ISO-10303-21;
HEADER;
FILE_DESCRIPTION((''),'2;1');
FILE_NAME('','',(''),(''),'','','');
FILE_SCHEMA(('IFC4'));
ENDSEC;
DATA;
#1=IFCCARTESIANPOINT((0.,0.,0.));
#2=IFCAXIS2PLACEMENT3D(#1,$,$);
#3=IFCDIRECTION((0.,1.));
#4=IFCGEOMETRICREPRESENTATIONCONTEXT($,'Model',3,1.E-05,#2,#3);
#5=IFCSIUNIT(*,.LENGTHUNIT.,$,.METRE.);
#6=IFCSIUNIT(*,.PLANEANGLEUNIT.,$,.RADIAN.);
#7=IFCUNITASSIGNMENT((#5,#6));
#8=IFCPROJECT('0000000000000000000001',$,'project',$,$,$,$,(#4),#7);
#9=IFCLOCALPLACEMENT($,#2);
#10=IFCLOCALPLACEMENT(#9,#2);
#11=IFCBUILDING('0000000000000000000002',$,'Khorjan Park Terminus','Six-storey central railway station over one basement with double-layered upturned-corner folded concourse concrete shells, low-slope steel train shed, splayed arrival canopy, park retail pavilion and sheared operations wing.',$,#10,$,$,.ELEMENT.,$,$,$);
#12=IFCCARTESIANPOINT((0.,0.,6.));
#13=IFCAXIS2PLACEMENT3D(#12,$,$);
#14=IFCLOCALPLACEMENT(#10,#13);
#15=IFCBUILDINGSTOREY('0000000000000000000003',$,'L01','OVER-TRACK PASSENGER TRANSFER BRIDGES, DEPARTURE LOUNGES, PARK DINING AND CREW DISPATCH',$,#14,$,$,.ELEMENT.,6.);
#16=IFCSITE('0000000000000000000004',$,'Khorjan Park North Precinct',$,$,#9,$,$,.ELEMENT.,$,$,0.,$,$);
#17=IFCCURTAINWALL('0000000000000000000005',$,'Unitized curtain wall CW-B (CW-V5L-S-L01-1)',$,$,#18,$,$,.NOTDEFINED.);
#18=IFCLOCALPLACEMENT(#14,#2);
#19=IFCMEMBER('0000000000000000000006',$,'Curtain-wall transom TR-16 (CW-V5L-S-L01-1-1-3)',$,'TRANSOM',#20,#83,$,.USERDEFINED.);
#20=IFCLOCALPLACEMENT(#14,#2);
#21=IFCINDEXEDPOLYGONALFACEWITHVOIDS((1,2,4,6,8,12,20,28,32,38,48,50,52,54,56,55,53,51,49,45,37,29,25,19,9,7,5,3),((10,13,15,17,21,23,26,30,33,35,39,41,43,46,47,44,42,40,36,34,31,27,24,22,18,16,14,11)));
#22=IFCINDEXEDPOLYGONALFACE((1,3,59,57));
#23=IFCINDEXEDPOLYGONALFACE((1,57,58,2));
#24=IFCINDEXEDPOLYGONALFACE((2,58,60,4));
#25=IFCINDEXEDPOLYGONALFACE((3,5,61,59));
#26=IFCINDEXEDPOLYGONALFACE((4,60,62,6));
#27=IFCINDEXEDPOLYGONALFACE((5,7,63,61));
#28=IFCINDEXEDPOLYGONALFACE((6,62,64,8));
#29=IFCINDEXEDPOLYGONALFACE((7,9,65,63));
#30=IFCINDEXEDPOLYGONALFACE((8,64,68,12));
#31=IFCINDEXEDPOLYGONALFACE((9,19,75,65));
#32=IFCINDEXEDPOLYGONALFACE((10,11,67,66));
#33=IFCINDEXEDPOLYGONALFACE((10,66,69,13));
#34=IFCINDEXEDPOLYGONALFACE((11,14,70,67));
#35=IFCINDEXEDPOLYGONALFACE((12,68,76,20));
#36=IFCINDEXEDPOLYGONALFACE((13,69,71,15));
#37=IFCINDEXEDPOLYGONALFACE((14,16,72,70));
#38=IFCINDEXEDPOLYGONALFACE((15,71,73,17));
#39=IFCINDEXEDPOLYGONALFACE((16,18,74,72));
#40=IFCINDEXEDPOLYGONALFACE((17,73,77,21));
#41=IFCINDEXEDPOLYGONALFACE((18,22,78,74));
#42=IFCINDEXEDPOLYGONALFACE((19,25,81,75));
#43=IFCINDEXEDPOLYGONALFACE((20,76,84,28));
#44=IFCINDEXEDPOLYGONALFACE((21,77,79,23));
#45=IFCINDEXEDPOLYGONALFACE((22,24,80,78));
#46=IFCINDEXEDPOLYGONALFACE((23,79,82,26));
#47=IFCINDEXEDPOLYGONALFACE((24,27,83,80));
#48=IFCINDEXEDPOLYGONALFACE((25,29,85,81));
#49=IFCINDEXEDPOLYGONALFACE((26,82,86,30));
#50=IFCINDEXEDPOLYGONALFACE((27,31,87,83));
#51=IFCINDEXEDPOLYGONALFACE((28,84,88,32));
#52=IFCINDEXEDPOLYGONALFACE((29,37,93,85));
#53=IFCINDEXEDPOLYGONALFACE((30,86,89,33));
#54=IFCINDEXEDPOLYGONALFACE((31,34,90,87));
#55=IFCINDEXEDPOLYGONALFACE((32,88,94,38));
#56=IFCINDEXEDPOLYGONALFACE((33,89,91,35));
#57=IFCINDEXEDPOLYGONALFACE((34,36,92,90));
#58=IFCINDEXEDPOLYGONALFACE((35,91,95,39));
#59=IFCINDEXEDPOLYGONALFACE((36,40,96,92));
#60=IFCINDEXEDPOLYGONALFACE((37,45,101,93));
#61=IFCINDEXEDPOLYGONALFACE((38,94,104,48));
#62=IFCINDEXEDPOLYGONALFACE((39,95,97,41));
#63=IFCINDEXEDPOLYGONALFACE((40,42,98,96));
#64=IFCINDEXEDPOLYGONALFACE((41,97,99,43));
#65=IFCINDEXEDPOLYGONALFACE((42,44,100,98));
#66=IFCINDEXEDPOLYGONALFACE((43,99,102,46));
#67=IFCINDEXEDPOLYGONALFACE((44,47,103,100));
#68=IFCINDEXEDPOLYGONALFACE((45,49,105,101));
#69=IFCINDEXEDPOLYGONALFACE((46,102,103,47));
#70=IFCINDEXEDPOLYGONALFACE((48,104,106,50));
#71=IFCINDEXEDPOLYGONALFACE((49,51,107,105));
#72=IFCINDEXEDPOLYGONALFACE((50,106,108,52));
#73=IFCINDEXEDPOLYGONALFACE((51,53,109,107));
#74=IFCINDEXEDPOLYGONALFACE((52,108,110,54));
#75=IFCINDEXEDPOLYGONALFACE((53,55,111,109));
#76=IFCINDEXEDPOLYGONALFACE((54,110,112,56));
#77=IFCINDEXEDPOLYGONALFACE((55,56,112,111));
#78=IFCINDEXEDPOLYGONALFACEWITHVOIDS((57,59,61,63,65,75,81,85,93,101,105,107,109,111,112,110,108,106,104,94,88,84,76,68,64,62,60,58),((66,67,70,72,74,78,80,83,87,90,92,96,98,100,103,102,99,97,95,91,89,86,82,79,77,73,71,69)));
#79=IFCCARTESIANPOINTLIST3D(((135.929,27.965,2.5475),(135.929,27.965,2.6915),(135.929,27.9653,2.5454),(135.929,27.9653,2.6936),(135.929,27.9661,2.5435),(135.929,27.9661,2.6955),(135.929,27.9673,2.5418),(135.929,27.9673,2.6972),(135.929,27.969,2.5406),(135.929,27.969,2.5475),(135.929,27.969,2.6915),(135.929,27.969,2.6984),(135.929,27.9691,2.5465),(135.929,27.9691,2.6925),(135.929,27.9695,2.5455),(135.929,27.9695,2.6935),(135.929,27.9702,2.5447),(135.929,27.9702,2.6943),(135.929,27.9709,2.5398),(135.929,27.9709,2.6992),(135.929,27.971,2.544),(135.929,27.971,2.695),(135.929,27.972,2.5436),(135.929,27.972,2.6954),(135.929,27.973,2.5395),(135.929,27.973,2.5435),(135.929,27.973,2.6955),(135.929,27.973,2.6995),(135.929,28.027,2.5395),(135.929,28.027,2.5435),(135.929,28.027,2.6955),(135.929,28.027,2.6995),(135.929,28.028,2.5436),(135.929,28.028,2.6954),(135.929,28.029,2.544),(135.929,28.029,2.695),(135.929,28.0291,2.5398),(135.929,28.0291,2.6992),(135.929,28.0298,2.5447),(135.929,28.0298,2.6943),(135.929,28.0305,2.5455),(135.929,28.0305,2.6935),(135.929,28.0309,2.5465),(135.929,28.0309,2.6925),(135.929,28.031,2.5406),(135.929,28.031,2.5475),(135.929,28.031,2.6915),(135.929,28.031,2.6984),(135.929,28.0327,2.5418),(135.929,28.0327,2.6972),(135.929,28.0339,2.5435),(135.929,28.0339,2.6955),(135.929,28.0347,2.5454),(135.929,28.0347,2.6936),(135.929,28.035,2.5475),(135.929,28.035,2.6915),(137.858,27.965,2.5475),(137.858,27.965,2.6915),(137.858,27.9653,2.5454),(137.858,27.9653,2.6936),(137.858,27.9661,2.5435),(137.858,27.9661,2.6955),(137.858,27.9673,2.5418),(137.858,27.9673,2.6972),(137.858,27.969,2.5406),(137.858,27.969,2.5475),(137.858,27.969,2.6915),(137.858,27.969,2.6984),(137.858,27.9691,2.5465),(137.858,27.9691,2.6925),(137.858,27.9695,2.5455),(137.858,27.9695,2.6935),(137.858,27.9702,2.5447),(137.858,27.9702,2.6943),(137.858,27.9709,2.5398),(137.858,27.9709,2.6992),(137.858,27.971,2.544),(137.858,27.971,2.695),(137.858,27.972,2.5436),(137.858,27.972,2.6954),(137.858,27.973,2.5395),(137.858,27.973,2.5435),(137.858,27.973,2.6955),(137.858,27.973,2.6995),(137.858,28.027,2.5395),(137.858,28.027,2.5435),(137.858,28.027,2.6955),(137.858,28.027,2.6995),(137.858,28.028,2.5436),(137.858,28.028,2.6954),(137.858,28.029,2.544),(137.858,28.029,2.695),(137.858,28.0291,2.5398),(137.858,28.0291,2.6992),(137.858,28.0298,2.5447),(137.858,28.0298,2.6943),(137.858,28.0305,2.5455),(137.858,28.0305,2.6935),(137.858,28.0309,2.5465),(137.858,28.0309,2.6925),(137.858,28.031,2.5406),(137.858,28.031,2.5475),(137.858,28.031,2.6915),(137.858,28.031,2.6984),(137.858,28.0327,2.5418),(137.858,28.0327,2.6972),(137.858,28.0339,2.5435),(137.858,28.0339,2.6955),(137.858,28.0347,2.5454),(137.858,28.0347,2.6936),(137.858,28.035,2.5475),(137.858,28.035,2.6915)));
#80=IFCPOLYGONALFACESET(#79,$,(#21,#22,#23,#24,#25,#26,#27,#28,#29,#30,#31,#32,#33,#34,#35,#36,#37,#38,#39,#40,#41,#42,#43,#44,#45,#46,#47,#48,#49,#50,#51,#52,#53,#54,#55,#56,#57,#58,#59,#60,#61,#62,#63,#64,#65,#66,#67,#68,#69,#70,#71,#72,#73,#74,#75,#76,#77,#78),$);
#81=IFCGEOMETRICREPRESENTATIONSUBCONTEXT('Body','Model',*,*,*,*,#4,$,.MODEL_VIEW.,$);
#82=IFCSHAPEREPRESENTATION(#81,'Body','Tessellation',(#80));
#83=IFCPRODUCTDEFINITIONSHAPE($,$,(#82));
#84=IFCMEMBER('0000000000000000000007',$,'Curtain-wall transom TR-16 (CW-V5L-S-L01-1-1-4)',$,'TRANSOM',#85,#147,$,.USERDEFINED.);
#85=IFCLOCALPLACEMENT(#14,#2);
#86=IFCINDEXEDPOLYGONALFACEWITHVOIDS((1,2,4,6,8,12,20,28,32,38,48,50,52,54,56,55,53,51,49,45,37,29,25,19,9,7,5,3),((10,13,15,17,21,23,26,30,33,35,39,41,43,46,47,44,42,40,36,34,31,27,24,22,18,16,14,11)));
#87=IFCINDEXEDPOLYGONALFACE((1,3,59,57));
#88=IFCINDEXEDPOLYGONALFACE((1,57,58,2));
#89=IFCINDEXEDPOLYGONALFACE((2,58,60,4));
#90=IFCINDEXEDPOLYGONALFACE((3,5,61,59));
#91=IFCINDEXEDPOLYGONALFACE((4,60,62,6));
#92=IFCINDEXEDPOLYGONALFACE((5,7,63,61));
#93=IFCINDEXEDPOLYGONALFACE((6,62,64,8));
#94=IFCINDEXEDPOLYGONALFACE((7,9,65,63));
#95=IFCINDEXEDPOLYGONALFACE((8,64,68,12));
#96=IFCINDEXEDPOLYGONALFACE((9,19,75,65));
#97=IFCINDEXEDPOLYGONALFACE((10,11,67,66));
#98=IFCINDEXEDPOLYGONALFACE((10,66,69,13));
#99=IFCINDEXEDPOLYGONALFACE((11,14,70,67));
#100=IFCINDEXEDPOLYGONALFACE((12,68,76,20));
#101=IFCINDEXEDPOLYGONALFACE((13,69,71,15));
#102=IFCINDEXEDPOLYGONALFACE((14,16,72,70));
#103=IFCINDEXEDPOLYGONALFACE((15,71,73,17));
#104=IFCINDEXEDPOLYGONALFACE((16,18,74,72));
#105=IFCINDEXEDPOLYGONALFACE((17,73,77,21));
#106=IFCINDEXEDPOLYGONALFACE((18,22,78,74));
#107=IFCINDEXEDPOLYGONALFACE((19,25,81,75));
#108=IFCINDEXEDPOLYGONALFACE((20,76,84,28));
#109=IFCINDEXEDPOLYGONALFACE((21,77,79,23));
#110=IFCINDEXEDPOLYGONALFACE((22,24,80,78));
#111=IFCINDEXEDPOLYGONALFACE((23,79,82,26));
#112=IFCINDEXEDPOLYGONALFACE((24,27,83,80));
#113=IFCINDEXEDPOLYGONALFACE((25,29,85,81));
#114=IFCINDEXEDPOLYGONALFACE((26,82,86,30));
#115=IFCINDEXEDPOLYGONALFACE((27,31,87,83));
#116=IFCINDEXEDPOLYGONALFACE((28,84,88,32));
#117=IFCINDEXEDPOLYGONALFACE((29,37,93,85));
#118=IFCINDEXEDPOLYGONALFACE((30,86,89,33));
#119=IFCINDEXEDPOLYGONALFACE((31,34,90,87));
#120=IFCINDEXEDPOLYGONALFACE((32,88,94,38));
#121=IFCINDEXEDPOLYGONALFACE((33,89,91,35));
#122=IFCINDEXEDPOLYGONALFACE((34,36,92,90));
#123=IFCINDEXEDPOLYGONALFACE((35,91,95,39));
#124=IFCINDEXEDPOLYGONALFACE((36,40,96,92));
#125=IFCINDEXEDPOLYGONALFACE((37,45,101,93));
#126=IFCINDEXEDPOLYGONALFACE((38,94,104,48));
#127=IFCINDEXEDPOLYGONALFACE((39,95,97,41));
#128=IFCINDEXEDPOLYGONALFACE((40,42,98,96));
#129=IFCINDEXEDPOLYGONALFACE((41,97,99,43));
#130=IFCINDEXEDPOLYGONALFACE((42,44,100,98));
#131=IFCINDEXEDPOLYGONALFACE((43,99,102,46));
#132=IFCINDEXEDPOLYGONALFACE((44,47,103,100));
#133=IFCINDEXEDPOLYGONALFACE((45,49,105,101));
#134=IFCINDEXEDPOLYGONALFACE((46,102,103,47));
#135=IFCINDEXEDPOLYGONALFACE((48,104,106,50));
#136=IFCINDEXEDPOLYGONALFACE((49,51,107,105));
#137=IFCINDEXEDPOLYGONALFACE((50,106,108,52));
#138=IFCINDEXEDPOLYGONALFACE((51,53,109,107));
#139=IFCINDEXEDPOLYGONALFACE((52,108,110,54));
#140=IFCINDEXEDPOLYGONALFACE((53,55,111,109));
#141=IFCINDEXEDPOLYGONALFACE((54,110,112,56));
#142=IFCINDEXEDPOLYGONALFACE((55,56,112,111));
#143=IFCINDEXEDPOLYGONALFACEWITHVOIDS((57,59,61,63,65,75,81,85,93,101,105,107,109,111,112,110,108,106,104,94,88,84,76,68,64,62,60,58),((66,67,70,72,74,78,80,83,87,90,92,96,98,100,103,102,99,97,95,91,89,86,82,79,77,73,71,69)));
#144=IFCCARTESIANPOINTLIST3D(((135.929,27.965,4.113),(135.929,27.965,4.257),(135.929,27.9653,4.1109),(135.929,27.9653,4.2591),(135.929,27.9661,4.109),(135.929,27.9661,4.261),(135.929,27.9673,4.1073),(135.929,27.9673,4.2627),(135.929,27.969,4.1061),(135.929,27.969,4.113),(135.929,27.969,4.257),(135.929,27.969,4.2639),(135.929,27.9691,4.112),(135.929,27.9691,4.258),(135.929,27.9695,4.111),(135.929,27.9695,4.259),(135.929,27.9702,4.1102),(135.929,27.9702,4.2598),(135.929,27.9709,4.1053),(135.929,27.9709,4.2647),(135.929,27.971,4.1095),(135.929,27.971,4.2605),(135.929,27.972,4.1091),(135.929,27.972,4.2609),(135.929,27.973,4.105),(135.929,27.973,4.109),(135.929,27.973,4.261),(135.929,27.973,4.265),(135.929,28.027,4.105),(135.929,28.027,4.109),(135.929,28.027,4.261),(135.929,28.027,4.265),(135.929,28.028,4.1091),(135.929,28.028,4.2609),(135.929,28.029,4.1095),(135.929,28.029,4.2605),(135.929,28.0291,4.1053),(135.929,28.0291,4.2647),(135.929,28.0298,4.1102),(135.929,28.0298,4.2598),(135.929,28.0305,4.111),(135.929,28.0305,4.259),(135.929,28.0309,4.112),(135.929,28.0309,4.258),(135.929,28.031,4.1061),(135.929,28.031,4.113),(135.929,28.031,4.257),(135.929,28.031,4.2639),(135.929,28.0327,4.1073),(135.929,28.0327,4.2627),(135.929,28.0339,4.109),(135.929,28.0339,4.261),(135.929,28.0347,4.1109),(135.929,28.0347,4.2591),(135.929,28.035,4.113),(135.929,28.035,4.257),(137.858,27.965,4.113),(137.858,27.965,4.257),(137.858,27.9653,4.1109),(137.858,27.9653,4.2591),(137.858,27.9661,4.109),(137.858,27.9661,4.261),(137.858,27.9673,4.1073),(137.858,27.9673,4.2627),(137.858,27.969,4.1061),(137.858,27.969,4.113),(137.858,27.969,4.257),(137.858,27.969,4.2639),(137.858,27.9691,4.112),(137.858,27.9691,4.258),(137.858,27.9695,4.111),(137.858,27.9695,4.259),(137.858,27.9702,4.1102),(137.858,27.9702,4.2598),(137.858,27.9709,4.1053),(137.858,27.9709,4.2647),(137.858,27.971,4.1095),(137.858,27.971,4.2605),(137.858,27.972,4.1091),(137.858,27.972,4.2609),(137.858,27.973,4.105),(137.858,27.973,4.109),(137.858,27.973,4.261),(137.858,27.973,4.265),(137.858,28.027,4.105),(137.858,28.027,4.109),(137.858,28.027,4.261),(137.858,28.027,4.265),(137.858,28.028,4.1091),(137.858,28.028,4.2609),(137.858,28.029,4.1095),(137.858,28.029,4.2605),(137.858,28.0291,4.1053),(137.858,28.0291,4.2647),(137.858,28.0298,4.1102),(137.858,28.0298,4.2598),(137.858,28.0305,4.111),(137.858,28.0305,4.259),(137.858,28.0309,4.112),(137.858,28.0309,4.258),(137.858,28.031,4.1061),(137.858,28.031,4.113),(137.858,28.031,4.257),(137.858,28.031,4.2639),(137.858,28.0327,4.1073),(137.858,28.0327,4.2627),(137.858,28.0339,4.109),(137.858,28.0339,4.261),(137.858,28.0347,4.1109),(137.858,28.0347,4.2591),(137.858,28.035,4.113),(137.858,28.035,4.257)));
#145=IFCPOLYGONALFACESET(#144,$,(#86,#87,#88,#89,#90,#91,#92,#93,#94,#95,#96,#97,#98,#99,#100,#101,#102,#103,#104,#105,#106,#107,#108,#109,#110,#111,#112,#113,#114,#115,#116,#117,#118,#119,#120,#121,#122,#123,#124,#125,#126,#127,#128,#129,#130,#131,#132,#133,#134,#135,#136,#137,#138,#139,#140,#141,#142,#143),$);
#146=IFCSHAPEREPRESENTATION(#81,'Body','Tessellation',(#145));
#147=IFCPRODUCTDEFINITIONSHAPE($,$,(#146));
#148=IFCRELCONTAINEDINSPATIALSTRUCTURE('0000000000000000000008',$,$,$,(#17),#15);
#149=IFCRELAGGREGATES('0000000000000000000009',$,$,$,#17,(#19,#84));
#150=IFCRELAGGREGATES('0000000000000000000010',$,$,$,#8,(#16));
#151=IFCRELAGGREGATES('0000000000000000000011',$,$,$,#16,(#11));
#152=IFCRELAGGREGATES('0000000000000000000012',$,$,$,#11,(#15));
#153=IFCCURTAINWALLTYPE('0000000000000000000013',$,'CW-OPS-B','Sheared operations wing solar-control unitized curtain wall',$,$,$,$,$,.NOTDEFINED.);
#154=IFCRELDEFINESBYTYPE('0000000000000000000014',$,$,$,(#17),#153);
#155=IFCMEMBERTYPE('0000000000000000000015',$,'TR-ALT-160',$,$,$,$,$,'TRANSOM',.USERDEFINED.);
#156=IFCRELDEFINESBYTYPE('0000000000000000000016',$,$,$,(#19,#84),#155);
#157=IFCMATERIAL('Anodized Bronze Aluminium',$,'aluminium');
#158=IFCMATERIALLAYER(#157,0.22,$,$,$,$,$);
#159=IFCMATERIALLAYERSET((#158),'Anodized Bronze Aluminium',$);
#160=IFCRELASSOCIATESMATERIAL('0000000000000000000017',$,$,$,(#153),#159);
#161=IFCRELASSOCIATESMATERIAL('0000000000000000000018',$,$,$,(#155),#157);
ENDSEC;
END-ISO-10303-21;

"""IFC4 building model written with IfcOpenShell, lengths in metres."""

from ifc_helpers import new_model, si_unit, direction, frame, origin, origin_2d, place, context, subcontext, project, spatial, hollow_rectangle, extrude, material, layer, layer_set, material_profile, profile_set, type_object, element, aggregate, save


model = new_model("IFC4")

# Units and contexts
model_context = context("Model", 3, precision=1e-05, world=origin(), true_north=direction((0.0, 1.0)))
body_context = subcontext(model_context, "Body", "Model", "MODEL_VIEW")
ifc_project = project(units=[si_unit("LENGTHUNIT", "METRE"), si_unit("PLANEANGLEUNIT", "RADIAN")], contexts=[model_context])

# Site, building, storey
site_placement = place(None, origin())
site = spatial("IfcSite", under=ifc_project, at=site_placement, Name="Khorjan Park North Precinct", CompositionType="ELEMENT", RefElevation=0.0)
building_placement = place(site_placement, origin())
building = spatial("IfcBuilding", under=site, at=building_placement, Name="Khorjan Park Terminus", Description="Six-storey central railway station over one basement with double-layered upturned-corner folded concourse concrete shells, low-slope steel train shed, splayed arrival canopy, park retail pavilion and sheared operations wing.", CompositionType="ELEMENT")
storey_placement = place(building_placement, frame((0.0, 0.0, 6.0)))
storey = spatial("IfcBuildingStorey", under=building, at=storey_placement, Name="L01", Description="OVER-TRACK PASSENGER TRANSFER BRIDGES, DEPARTURE LOUNGES, PARK DINING AND CREW DISPATCH", CompositionType="ELEMENT", Elevation=6.0)

# Curtain wall
ifc_material_1 = material(Name="Anodized Bronze Aluminium", Category="aluminium")
ifc_layer_1 = layer(ifc_material_1, 0.22)
ifc_layer_set_1 = layer_set([ifc_layer_1], Name="Anodized Bronze Aluminium")
curtain_wall_type = type_object("IfcCurtainWallType", Name="CW-OPS-B", Description="Sheared operations wing solar-control unitized curtain wall", PredefinedType="NOTDEFINED", material=ifc_layer_set_1)
curtain_wall_placement = place(storey_placement, origin())
curtain_wall = element("IfcCurtainWall", 1, at=curtain_wall_placement, inside=storey, type_object=curtain_wall_type, Name="Unitized curtain wall CW-B (CW-V5L-S-L01-1)", PredefinedType="NOTDEFINED")

# Members
ifc_material_profile_1 = material_profile(ifc_material_1, hollow_rectangle(XDim=0.07, YDim=0.16, WallThickness=0.004, InnerFilletRadius=0.004, OuterFilletRadius=0.008, at=origin_2d()), Name="ALT 70x160x4")
ifc_profile_set_1 = profile_set([ifc_material_profile_1], Name="Anodized Bronze Aluminium")
member_type_1 = type_object("IfcMemberType", Name="TR-ALT-160", ElementType="TRANSOM", PredefinedType="USERDEFINED", material=ifc_profile_set_1)
member_1_placement = place(storey_placement, frame((135.929, 28.0, 2.6195), z_axis=(1.0, 0.0, 0.0), x_axis=(0.0, 1.0, 0.0)))
member_1 = element("IfcMember", 2, at=member_1_placement, type_object=member_type_1, Name="Curtain-wall transom TR-16 (CW-V5L-S-L01-1-1-3)", ObjectType="TRANSOM", PredefinedType="USERDEFINED", context=body_context, shape_type="SweptSolid", body=[
    extrude(hollow_rectangle(XDim=0.07, YDim=0.16, WallThickness=0.004, InnerFilletRadius=0.004, OuterFilletRadius=0.008, at=origin_2d()), origin(), (0.0, 0.0, 1.0), 1.929),
])
member_2_placement = place(storey_placement, frame((135.929, 28.0, 4.185), z_axis=(1.0, 0.0, 0.0), x_axis=(0.0, 1.0, 0.0)))
member_2 = element("IfcMember", 3, at=member_2_placement, type_object=member_type_1, Name="Curtain-wall transom TR-16 (CW-V5L-S-L01-1-1-4)", ObjectType="TRANSOM", PredefinedType="USERDEFINED", context=body_context, shape_type="SweptSolid", body=[
    extrude(hollow_rectangle(XDim=0.07, YDim=0.16, WallThickness=0.004, InnerFilletRadius=0.004, OuterFilletRadius=0.008, at=origin_2d()), origin(), (0.0, 0.0, 1.0), 1.929),
])

aggregate(curtain_wall, [member_1, member_2])

save(model, "model.ifc")
